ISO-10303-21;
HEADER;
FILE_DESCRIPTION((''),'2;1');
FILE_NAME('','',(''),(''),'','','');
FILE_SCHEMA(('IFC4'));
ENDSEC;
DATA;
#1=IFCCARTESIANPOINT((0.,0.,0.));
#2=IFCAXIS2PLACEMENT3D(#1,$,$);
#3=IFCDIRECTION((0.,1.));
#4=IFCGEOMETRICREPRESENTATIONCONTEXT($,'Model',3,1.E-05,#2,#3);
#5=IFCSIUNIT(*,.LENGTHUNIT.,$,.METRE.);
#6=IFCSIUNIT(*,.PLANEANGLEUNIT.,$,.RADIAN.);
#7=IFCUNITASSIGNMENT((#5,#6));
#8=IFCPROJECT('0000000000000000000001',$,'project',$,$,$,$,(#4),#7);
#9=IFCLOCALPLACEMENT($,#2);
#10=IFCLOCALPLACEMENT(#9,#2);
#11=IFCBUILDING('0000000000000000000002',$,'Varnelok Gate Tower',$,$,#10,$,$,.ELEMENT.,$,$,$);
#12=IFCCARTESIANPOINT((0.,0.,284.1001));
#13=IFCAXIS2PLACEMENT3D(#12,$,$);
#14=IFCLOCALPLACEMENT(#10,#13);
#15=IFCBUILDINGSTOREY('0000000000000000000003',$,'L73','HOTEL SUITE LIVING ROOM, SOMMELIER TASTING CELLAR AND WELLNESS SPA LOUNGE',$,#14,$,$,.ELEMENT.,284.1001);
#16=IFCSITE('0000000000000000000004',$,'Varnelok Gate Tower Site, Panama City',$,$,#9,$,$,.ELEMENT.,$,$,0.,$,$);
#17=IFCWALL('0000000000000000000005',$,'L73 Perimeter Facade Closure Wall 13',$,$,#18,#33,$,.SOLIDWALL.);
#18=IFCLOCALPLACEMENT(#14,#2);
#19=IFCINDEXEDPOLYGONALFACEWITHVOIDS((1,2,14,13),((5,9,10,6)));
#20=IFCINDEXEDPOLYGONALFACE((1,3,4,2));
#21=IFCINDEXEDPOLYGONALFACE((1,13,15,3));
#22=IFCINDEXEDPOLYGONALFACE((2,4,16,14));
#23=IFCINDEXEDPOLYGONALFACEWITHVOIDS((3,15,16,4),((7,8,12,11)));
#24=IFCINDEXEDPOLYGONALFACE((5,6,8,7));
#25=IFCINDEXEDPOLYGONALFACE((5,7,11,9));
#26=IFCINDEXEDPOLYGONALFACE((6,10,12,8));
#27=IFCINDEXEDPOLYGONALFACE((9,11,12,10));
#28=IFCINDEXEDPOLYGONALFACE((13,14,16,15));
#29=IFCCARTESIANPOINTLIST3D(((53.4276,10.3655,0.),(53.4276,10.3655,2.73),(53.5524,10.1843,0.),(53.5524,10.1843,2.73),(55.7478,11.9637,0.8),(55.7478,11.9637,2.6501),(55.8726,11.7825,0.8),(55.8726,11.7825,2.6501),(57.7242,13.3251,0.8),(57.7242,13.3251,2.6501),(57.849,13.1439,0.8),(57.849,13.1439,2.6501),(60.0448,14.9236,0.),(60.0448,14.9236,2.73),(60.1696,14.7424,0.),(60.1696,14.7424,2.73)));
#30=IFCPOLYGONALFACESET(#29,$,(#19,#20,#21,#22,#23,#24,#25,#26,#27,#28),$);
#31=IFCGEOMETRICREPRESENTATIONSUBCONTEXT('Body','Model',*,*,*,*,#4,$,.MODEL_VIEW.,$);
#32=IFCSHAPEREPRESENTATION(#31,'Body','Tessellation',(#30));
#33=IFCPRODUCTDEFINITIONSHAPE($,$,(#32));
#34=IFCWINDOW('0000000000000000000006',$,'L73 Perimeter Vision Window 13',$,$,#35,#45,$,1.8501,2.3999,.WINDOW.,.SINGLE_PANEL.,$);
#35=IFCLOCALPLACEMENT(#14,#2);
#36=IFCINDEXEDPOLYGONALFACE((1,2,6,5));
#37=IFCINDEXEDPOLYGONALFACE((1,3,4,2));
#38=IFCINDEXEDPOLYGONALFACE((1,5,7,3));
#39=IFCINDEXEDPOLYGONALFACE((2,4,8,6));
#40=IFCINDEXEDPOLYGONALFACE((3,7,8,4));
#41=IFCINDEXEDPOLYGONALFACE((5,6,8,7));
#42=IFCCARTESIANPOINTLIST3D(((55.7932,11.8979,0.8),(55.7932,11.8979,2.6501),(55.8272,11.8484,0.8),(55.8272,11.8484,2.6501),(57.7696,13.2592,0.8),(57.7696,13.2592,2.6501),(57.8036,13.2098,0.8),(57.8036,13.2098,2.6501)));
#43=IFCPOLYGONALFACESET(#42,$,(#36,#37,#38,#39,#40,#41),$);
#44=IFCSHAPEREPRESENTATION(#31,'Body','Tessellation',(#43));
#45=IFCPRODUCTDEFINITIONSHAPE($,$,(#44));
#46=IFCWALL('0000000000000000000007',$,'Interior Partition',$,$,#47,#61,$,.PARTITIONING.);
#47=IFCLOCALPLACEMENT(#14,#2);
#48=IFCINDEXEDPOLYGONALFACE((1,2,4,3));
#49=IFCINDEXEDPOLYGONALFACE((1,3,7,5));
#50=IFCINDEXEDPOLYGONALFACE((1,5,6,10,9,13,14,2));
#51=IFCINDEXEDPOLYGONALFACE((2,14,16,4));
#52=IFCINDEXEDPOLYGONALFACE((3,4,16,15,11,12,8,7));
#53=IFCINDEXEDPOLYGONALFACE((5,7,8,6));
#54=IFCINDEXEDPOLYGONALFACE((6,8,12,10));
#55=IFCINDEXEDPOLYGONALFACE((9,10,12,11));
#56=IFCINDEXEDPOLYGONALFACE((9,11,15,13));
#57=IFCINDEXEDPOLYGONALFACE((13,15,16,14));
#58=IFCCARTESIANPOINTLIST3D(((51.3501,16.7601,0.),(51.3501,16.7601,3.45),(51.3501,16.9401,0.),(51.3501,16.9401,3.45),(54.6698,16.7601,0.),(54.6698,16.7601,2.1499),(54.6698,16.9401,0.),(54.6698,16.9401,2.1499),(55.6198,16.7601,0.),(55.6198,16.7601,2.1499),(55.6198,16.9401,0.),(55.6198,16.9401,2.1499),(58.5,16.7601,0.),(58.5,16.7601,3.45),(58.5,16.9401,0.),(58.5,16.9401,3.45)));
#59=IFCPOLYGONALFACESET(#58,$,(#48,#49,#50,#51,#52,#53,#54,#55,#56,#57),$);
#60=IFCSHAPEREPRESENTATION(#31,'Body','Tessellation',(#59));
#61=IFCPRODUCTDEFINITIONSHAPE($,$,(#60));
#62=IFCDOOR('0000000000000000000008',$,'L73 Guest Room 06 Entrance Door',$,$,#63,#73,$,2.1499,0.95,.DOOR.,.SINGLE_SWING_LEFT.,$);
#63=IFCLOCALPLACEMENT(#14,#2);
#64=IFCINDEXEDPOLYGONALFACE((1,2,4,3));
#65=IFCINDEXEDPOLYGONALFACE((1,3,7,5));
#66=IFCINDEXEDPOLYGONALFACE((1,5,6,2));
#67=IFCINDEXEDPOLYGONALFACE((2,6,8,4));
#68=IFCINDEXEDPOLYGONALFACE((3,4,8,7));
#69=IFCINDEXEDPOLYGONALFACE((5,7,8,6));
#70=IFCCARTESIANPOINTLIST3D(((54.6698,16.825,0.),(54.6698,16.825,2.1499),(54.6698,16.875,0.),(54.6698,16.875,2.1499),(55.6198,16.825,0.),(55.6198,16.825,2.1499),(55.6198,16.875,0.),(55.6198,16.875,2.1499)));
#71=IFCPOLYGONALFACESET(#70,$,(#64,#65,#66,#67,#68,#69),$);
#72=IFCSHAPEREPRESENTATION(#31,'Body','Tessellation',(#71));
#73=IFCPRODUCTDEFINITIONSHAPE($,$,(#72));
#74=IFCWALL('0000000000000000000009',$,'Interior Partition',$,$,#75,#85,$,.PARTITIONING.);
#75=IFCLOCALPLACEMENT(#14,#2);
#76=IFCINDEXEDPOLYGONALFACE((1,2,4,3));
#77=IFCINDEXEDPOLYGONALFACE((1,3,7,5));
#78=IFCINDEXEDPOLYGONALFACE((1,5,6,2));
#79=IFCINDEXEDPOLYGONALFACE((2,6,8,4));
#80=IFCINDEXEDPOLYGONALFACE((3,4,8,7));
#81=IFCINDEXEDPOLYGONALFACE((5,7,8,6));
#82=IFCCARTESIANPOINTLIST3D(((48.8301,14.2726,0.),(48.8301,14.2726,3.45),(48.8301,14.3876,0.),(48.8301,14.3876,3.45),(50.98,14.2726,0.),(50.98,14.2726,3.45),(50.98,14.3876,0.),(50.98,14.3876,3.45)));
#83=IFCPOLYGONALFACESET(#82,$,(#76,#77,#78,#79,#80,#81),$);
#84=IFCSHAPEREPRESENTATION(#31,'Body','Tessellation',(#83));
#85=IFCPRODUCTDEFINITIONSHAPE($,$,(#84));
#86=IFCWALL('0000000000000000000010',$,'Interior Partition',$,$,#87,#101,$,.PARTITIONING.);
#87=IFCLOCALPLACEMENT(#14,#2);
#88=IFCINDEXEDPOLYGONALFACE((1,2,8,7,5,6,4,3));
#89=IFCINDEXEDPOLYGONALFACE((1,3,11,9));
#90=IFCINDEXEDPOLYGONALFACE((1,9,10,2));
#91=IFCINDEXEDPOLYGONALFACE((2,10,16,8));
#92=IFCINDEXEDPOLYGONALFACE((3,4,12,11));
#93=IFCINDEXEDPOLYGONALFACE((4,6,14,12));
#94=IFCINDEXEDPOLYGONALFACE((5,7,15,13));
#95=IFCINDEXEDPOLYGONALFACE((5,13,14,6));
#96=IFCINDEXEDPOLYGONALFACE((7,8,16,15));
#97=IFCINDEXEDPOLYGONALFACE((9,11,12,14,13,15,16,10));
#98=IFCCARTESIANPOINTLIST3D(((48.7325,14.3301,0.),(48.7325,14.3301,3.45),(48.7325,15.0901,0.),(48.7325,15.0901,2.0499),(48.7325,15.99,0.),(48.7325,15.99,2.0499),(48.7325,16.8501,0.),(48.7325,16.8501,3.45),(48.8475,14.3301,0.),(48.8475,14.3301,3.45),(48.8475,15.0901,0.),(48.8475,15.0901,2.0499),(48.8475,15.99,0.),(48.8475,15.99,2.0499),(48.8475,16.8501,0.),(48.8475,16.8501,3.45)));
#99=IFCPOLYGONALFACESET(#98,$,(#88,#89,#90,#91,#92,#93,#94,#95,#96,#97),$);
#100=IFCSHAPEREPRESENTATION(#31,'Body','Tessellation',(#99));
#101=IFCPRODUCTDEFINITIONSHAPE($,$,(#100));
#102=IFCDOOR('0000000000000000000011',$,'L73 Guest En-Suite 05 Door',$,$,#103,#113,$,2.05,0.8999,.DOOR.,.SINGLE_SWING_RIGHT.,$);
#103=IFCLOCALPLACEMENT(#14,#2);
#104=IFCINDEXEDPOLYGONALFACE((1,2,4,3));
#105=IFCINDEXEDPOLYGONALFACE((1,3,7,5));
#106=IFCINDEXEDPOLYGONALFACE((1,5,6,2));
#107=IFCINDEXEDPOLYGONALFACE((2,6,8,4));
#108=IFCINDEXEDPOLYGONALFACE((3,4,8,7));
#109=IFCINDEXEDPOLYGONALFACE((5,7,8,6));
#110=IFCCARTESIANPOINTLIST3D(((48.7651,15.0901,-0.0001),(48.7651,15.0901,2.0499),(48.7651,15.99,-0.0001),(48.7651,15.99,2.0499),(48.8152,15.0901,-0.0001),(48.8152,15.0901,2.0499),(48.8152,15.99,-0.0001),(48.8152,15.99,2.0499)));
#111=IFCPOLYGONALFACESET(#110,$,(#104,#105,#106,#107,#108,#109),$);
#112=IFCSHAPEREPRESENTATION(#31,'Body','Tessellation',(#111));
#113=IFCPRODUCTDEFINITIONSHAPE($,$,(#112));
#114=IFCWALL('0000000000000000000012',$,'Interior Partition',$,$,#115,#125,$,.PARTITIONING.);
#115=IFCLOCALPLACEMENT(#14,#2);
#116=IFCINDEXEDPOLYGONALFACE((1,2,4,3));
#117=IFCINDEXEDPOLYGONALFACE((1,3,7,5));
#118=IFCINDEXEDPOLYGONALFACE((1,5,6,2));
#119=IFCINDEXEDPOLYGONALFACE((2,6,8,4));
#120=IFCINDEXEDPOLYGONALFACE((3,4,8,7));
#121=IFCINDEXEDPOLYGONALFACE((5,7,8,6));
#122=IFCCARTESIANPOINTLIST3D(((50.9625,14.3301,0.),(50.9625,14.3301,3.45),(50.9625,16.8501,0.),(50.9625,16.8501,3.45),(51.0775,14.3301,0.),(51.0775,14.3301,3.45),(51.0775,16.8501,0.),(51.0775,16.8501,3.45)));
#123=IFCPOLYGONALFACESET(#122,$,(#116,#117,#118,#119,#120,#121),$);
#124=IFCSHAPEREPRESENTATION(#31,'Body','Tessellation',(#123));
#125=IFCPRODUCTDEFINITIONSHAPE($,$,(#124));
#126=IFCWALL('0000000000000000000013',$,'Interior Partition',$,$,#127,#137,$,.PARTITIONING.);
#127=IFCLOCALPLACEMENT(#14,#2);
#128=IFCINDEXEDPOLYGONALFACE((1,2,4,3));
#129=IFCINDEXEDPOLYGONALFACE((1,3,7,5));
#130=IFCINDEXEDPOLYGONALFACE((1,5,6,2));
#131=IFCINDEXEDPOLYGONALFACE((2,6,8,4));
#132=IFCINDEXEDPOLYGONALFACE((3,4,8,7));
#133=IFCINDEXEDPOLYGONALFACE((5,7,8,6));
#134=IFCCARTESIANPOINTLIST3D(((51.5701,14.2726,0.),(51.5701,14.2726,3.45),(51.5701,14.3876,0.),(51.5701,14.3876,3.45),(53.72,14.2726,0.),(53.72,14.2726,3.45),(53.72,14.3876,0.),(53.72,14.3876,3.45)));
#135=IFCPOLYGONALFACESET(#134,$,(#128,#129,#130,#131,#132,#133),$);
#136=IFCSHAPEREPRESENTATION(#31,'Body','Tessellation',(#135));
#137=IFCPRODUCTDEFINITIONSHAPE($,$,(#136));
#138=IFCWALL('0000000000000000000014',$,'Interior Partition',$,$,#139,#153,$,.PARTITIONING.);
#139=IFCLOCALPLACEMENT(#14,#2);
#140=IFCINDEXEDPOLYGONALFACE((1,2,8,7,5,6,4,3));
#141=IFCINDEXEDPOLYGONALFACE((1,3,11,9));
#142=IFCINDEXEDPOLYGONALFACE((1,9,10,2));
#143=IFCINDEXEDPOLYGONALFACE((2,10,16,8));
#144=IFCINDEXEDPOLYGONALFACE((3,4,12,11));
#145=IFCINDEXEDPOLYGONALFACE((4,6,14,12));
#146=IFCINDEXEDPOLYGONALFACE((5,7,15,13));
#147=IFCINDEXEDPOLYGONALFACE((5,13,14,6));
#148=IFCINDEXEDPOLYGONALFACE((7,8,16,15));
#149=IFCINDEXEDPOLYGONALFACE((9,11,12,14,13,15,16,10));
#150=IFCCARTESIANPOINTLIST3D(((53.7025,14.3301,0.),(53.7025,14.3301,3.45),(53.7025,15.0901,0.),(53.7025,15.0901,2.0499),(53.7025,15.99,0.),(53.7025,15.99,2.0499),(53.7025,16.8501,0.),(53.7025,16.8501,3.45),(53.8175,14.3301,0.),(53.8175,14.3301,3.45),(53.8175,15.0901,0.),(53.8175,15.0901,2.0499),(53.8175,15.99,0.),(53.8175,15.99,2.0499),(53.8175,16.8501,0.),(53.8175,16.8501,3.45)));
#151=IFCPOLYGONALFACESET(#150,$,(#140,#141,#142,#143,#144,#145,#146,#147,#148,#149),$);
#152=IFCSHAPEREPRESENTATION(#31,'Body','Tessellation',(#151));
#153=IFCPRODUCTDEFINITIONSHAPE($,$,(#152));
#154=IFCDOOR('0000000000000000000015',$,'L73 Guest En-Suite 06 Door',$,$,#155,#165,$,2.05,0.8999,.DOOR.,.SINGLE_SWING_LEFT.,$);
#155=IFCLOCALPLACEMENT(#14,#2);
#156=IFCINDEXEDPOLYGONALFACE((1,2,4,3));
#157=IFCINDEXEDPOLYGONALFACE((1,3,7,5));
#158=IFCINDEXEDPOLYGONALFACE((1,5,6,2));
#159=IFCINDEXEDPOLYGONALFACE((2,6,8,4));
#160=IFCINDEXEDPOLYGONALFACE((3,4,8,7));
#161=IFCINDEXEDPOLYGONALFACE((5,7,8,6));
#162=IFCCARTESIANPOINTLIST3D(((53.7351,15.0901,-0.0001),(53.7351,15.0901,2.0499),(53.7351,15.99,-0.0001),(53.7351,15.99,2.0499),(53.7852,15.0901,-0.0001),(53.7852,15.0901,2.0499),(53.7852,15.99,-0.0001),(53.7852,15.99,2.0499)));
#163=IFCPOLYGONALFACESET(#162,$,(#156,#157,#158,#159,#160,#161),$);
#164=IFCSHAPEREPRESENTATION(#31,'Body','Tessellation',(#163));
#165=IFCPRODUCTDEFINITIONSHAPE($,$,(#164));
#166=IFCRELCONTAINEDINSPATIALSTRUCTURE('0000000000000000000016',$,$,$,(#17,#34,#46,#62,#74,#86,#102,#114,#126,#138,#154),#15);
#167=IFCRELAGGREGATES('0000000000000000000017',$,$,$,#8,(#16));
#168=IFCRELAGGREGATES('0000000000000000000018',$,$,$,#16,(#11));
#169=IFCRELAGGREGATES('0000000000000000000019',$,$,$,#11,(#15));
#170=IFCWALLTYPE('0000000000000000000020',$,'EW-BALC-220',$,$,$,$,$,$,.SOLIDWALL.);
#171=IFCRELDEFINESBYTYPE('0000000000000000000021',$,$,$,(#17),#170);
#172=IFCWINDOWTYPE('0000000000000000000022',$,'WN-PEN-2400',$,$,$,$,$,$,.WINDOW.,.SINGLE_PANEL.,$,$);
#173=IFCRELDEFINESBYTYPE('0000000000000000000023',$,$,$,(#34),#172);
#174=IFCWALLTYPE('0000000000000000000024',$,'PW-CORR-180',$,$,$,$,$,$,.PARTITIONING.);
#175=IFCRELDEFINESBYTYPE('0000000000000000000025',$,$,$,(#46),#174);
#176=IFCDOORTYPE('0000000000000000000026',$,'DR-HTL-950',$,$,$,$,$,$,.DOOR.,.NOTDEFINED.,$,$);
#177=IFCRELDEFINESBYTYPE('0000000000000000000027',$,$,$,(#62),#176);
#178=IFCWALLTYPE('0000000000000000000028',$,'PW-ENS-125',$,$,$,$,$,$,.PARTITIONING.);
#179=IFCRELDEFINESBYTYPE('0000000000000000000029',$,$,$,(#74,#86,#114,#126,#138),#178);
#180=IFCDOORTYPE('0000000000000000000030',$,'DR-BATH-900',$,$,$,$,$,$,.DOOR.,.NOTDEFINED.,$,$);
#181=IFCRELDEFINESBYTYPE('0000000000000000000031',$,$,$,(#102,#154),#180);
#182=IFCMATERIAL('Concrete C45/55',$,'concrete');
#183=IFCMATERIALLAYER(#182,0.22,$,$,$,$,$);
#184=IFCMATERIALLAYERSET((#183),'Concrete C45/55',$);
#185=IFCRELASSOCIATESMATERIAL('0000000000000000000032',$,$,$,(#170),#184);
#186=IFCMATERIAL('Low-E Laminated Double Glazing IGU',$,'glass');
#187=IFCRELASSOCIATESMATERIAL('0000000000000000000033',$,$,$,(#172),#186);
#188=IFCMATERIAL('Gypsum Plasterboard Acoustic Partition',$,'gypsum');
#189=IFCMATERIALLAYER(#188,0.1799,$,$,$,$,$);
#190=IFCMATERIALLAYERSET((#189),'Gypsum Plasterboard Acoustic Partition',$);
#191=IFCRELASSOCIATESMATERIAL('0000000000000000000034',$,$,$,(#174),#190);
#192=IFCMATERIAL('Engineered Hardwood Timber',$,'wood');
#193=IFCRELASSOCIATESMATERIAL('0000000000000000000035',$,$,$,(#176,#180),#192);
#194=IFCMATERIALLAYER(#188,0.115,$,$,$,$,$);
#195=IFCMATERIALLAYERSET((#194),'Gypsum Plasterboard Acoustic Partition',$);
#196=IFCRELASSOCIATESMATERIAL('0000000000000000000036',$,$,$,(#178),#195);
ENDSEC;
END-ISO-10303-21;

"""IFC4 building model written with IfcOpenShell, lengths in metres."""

from ifc_helpers import new_model, si_unit, direction, frame, frame_2d, origin, place, context, subcontext, project, spatial, rectangle, extrude, material, layer, layer_set, type_object, element, fill, save


model = new_model("IFC4")

# Units and contexts
model_context = context("Model", 3, precision=1e-05, world=origin(), true_north=direction((0.0, 1.0)))
body_context = subcontext(model_context, "Body", "Model", "MODEL_VIEW")
ifc_project = project(units=[si_unit("LENGTHUNIT", "METRE"), si_unit("PLANEANGLEUNIT", "RADIAN")], contexts=[model_context])

# Site, building, storey
site_placement = place(None, origin())
site = spatial("IfcSite", under=ifc_project, at=site_placement, Name="Varnelok Gate Tower Site, Panama City", CompositionType="ELEMENT", RefElevation=0.0)
building_placement = place(site_placement, origin())
building = spatial("IfcBuilding", under=site, at=building_placement, Name="Varnelok Gate Tower", CompositionType="ELEMENT")
storey_placement = place(building_placement, frame((0.0, 0.0, 284.1001)))
storey = spatial("IfcBuildingStorey", under=building, at=storey_placement, Name="L73", Description="HOTEL SUITE LIVING ROOM, SOMMELIER TASTING CELLAR AND WELLNESS SPA LOUNGE", CompositionType="ELEMENT", Elevation=284.1001)

# Shared definitions
ifc_material_1 = material(Name="Concrete C45/55", Category="concrete")
ifc_layer_1 = layer(ifc_material_1, 0.22)
ifc_layer_set_1 = layer_set([ifc_layer_1], Name="Concrete C45/55")
wall_type_1 = type_object("IfcWallType", Name="EW-BALC-220", PredefinedType="SOLIDWALL", material=ifc_layer_set_1)

# Wall, opening, window
wall_1_placement = place(storey_placement, frame((53.49, 10.2749, 0.0), z_axis=(0.0, 0.0, 1.0), x_axis=(0.823531, 0.567271, 0.0)))
wall_1 = element("IfcWall", 1, at=wall_1_placement, inside=storey, type_object=wall_type_1, Name="L73 Perimeter Facade Closure Wall 13", PredefinedType="SOLIDWALL", context=body_context, shape_type="SweptSolid", body=[
    extrude(rectangle(XDim=8.0352, YDim=0.22, at=frame_2d((4.0176, 0.0))), origin(), (0.0, 0.0, 1.0), 2.73),
])
opening_1_placement = place(wall_1_placement, frame((2.8174, 0.0, 0.8)))
opening_1 = element("IfcOpeningElement", 2, at=opening_1_placement, cuts=wall_1, PredefinedType="OPENING", context=body_context, shape_type="SweptSolid", body=[
    extrude(rectangle(XDim=2.3999, YDim=1.8501, at=frame_2d((1.2, 0.925))), frame((0.0, 0.1199, 0.0), z_axis=(0.0, -1.0, 0.0), x_axis=(1.0, 0.0, 0.0)), (0.0, 0.0, 1.0), 0.24),
])
ifc_material_2 = material(Name="Low-E Laminated Double Glazing IGU", Category="glass")
window_type = type_object("IfcWindowType", Name="WN-PEN-2400", PartitioningType="SINGLE_PANEL", PredefinedType="WINDOW", material=ifc_material_2)
window_placement = place(opening_1_placement, origin())
window = element("IfcWindow", 3, at=window_placement, inside=storey, type_object=window_type, Name="L73 Perimeter Vision Window 13", OverallHeight=1.8501, OverallWidth=2.3999, PartitioningType="SINGLE_PANEL", PredefinedType="WINDOW", context=body_context, shape_type="SweptSolid", body=[
    extrude(rectangle(XDim=2.3999, YDim=1.8501, at=frame_2d((1.2, 0.925))), frame((0.0, 0.03, 0.0), z_axis=(0.0, -1.0, 0.0), x_axis=(1.0, 0.0, 0.0)), (0.0, 0.0, 1.0), 0.0601),
])
fill(opening_1, window)

# Wall, opening, door
ifc_material_3 = material(Name="Gypsum Plasterboard Acoustic Partition", Category="gypsum")
ifc_layer_2 = layer(ifc_material_3, 0.1799)
ifc_layer_set_2 = layer_set([ifc_layer_2], Name="Gypsum Plasterboard Acoustic Partition")
wall_type_2 = type_object("IfcWallType", Name="PW-CORR-180", PredefinedType="PARTITIONING", material=ifc_layer_set_2)
wall_2_placement = place(storey_placement, frame((51.3501, 16.8501, 0.0), z_axis=(0.0, 0.0, 1.0), x_axis=(1.0, 0.0, 0.0)))
wall_2 = element("IfcWall", 4, at=wall_2_placement, inside=storey, type_object=wall_type_2, Name="Interior Partition", PredefinedType="PARTITIONING", context=body_context, shape_type="SweptSolid", body=[
    extrude(rectangle(XDim=7.1499, YDim=0.1799, at=frame_2d((3.575, 0.0))), origin(), (0.0, 0.0, 1.0), 3.45),
])
opening_2_placement = place(wall_2_placement, frame((3.3196, 0.0, 0.0)))
opening_2 = element("IfcOpeningElement", 5, at=opening_2_placement, cuts=wall_2, PredefinedType="OPENING", context=body_context, shape_type="SweptSolid", body=[
    extrude(rectangle(XDim=0.95, YDim=2.1499, at=frame_2d((0.4751, 1.075))), frame((0.0, 0.0999, 0.0), z_axis=(0.0, -1.0, 0.0), x_axis=(1.0, 0.0, 0.0)), (0.0, 0.0, 1.0), 0.2),
])
ifc_material_4 = material(Name="Engineered Hardwood Timber", Category="wood")
door_type_1 = type_object("IfcDoorType", Name="DR-HTL-950", OperationType="NOTDEFINED", PredefinedType="DOOR", material=ifc_material_4)
door_1_placement = place(opening_2_placement, origin())
door_1 = element("IfcDoor", 6, at=door_1_placement, inside=storey, type_object=door_type_1, Name="L73 Guest Room 06 Entrance Door", OperationType="SINGLE_SWING_LEFT", OverallHeight=2.1499, OverallWidth=0.95, PredefinedType="DOOR", context=body_context, shape_type="SweptSolid", body=[
    extrude(rectangle(XDim=0.95, YDim=2.1499, at=frame_2d((0.4751, 1.075))), frame((0.0, 0.0249, 0.0), z_axis=(0.0, -1.0, 0.0), x_axis=(1.0, 0.0, 0.0)), (0.0, 0.0, 1.0), 0.05),
])
fill(opening_2, door_1)

# Wall
ifc_layer_3 = layer(ifc_material_3, 0.115)
ifc_layer_set_3 = layer_set([ifc_layer_3], Name="Gypsum Plasterboard Acoustic Partition")
wall_type_3 = type_object("IfcWallType", Name="PW-ENS-125", PredefinedType="PARTITIONING", material=ifc_layer_set_3)
wall_3_placement = place(storey_placement, frame((48.8301, 14.3301, 0.0), z_axis=(0.0, 0.0, 1.0), x_axis=(1.0, 0.0, 0.0)))
element("IfcWall", 7, at=wall_3_placement, inside=storey, type_object=wall_type_3, Name="Interior Partition", PredefinedType="PARTITIONING", context=body_context, shape_type="SweptSolid", body=[
    extrude(rectangle(XDim=2.1499, YDim=0.115, at=frame_2d((1.075, 0.0))), origin(), (0.0, 0.0, 1.0), 3.45),
])

# Wall, opening, door
wall_4_placement = place(storey_placement, frame((48.79, 14.3301, 0.0), z_axis=(0.0, 0.0, 1.0), x_axis=(0.0, 1.0, 0.0)))
wall_4 = element("IfcWall", 8, at=wall_4_placement, inside=storey, type_object=wall_type_3, Name="Interior Partition", PredefinedType="PARTITIONING", context=body_context, shape_type="SweptSolid", body=[
    extrude(rectangle(XDim=2.52, YDim=0.115, at=frame_2d((1.26, 0.0))), origin(), (0.0, 0.0, 1.0), 3.45),
])
opening_3_placement = place(wall_4_placement, frame((0.76, 0.0, 0.0)))
opening_3 = element("IfcOpeningElement", 9, at=opening_3_placement, cuts=wall_4, PredefinedType="OPENING", context=body_context, shape_type="SweptSolid", body=[
    extrude(rectangle(XDim=0.8999, YDim=2.05, at=frame_2d((0.45, 1.0249))), frame((0.0, 0.0674, 0.0), z_axis=(0.0, -1.0, 0.0), x_axis=(1.0, 0.0, 0.0)), (0.0, 0.0, 1.0), 0.135),
])
door_type_2 = type_object("IfcDoorType", Name="DR-BATH-900", OperationType="NOTDEFINED", PredefinedType="DOOR", material=ifc_material_4)
door_2_placement = place(opening_3_placement, origin())
door_2 = element("IfcDoor", 10, at=door_2_placement, inside=storey, type_object=door_type_2, Name="L73 Guest En-Suite 05 Door", OperationType="SINGLE_SWING_RIGHT", OverallHeight=2.05, OverallWidth=0.8999, PredefinedType="DOOR", context=body_context, shape_type="SweptSolid", body=[
    extrude(rectangle(XDim=0.8999, YDim=2.05, at=frame_2d((0.45, 1.0249))), frame((0.0, 0.0249, 0.0), z_axis=(0.0, -1.0, 0.0), x_axis=(1.0, 0.0, 0.0)), (0.0, 0.0, 1.0), 0.05),
])
fill(opening_3, door_2)

# Walls
wall_5_placement = place(storey_placement, frame((51.02, 14.3301, 0.0), z_axis=(0.0, 0.0, 1.0), x_axis=(0.0, 1.0, 0.0)))
element("IfcWall", 11, at=wall_5_placement, inside=storey, type_object=wall_type_3, Name="Interior Partition", PredefinedType="PARTITIONING", context=body_context, shape_type="SweptSolid", body=[
    extrude(rectangle(XDim=2.52, YDim=0.115, at=frame_2d((1.26, 0.0))), origin(), (0.0, 0.0, 1.0), 3.45),
])
wall_6_placement = place(storey_placement, frame((51.5701, 14.3301, 0.0), z_axis=(0.0, 0.0, 1.0), x_axis=(1.0, 0.0, 0.0)))
element("IfcWall", 12, at=wall_6_placement, inside=storey, type_object=wall_type_3, Name="Interior Partition", PredefinedType="PARTITIONING", context=body_context, shape_type="SweptSolid", body=[
    extrude(rectangle(XDim=2.1499, YDim=0.115, at=frame_2d((1.075, 0.0))), origin(), (0.0, 0.0, 1.0), 3.45),
])

# Wall, opening, door
wall_7_placement = place(storey_placement, frame((53.76, 14.3301, 0.0), z_axis=(0.0, 0.0, 1.0), x_axis=(0.0, 1.0, 0.0)))
wall_7 = element("IfcWall", 13, at=wall_7_placement, inside=storey, type_object=wall_type_3, Name="Interior Partition", PredefinedType="PARTITIONING", context=body_context, shape_type="SweptSolid", body=[
    extrude(rectangle(XDim=2.52, YDim=0.115, at=frame_2d((1.26, 0.0))), origin(), (0.0, 0.0, 1.0), 3.45),
])
opening_4_placement = place(wall_7_placement, frame((0.76, 0.0, 0.0)))
opening_4 = element("IfcOpeningElement", 14, at=opening_4_placement, cuts=wall_7, PredefinedType="OPENING", context=body_context, shape_type="SweptSolid", body=[
    extrude(rectangle(XDim=0.8999, YDim=2.05, at=frame_2d((0.45, 1.0249))), frame((0.0, 0.0674, 0.0), z_axis=(0.0, -1.0, 0.0), x_axis=(1.0, 0.0, 0.0)), (0.0, 0.0, 1.0), 0.135),
])
door_3_placement = place(opening_4_placement, origin())
door_3 = element("IfcDoor", 15, at=door_3_placement, inside=storey, type_object=door_type_2, Name="L73 Guest En-Suite 06 Door", OperationType="SINGLE_SWING_LEFT", OverallHeight=2.05, OverallWidth=0.8999, PredefinedType="DOOR", context=body_context, shape_type="SweptSolid", body=[
    extrude(rectangle(XDim=0.8999, YDim=2.05, at=frame_2d((0.45, 1.0249))), frame((0.0, 0.0249, 0.0), z_axis=(0.0, -1.0, 0.0), x_axis=(1.0, 0.0, 0.0)), (0.0, 0.0, 1.0), 0.05),
])
fill(opening_4, door_3)

save(model, "model.ifc")
